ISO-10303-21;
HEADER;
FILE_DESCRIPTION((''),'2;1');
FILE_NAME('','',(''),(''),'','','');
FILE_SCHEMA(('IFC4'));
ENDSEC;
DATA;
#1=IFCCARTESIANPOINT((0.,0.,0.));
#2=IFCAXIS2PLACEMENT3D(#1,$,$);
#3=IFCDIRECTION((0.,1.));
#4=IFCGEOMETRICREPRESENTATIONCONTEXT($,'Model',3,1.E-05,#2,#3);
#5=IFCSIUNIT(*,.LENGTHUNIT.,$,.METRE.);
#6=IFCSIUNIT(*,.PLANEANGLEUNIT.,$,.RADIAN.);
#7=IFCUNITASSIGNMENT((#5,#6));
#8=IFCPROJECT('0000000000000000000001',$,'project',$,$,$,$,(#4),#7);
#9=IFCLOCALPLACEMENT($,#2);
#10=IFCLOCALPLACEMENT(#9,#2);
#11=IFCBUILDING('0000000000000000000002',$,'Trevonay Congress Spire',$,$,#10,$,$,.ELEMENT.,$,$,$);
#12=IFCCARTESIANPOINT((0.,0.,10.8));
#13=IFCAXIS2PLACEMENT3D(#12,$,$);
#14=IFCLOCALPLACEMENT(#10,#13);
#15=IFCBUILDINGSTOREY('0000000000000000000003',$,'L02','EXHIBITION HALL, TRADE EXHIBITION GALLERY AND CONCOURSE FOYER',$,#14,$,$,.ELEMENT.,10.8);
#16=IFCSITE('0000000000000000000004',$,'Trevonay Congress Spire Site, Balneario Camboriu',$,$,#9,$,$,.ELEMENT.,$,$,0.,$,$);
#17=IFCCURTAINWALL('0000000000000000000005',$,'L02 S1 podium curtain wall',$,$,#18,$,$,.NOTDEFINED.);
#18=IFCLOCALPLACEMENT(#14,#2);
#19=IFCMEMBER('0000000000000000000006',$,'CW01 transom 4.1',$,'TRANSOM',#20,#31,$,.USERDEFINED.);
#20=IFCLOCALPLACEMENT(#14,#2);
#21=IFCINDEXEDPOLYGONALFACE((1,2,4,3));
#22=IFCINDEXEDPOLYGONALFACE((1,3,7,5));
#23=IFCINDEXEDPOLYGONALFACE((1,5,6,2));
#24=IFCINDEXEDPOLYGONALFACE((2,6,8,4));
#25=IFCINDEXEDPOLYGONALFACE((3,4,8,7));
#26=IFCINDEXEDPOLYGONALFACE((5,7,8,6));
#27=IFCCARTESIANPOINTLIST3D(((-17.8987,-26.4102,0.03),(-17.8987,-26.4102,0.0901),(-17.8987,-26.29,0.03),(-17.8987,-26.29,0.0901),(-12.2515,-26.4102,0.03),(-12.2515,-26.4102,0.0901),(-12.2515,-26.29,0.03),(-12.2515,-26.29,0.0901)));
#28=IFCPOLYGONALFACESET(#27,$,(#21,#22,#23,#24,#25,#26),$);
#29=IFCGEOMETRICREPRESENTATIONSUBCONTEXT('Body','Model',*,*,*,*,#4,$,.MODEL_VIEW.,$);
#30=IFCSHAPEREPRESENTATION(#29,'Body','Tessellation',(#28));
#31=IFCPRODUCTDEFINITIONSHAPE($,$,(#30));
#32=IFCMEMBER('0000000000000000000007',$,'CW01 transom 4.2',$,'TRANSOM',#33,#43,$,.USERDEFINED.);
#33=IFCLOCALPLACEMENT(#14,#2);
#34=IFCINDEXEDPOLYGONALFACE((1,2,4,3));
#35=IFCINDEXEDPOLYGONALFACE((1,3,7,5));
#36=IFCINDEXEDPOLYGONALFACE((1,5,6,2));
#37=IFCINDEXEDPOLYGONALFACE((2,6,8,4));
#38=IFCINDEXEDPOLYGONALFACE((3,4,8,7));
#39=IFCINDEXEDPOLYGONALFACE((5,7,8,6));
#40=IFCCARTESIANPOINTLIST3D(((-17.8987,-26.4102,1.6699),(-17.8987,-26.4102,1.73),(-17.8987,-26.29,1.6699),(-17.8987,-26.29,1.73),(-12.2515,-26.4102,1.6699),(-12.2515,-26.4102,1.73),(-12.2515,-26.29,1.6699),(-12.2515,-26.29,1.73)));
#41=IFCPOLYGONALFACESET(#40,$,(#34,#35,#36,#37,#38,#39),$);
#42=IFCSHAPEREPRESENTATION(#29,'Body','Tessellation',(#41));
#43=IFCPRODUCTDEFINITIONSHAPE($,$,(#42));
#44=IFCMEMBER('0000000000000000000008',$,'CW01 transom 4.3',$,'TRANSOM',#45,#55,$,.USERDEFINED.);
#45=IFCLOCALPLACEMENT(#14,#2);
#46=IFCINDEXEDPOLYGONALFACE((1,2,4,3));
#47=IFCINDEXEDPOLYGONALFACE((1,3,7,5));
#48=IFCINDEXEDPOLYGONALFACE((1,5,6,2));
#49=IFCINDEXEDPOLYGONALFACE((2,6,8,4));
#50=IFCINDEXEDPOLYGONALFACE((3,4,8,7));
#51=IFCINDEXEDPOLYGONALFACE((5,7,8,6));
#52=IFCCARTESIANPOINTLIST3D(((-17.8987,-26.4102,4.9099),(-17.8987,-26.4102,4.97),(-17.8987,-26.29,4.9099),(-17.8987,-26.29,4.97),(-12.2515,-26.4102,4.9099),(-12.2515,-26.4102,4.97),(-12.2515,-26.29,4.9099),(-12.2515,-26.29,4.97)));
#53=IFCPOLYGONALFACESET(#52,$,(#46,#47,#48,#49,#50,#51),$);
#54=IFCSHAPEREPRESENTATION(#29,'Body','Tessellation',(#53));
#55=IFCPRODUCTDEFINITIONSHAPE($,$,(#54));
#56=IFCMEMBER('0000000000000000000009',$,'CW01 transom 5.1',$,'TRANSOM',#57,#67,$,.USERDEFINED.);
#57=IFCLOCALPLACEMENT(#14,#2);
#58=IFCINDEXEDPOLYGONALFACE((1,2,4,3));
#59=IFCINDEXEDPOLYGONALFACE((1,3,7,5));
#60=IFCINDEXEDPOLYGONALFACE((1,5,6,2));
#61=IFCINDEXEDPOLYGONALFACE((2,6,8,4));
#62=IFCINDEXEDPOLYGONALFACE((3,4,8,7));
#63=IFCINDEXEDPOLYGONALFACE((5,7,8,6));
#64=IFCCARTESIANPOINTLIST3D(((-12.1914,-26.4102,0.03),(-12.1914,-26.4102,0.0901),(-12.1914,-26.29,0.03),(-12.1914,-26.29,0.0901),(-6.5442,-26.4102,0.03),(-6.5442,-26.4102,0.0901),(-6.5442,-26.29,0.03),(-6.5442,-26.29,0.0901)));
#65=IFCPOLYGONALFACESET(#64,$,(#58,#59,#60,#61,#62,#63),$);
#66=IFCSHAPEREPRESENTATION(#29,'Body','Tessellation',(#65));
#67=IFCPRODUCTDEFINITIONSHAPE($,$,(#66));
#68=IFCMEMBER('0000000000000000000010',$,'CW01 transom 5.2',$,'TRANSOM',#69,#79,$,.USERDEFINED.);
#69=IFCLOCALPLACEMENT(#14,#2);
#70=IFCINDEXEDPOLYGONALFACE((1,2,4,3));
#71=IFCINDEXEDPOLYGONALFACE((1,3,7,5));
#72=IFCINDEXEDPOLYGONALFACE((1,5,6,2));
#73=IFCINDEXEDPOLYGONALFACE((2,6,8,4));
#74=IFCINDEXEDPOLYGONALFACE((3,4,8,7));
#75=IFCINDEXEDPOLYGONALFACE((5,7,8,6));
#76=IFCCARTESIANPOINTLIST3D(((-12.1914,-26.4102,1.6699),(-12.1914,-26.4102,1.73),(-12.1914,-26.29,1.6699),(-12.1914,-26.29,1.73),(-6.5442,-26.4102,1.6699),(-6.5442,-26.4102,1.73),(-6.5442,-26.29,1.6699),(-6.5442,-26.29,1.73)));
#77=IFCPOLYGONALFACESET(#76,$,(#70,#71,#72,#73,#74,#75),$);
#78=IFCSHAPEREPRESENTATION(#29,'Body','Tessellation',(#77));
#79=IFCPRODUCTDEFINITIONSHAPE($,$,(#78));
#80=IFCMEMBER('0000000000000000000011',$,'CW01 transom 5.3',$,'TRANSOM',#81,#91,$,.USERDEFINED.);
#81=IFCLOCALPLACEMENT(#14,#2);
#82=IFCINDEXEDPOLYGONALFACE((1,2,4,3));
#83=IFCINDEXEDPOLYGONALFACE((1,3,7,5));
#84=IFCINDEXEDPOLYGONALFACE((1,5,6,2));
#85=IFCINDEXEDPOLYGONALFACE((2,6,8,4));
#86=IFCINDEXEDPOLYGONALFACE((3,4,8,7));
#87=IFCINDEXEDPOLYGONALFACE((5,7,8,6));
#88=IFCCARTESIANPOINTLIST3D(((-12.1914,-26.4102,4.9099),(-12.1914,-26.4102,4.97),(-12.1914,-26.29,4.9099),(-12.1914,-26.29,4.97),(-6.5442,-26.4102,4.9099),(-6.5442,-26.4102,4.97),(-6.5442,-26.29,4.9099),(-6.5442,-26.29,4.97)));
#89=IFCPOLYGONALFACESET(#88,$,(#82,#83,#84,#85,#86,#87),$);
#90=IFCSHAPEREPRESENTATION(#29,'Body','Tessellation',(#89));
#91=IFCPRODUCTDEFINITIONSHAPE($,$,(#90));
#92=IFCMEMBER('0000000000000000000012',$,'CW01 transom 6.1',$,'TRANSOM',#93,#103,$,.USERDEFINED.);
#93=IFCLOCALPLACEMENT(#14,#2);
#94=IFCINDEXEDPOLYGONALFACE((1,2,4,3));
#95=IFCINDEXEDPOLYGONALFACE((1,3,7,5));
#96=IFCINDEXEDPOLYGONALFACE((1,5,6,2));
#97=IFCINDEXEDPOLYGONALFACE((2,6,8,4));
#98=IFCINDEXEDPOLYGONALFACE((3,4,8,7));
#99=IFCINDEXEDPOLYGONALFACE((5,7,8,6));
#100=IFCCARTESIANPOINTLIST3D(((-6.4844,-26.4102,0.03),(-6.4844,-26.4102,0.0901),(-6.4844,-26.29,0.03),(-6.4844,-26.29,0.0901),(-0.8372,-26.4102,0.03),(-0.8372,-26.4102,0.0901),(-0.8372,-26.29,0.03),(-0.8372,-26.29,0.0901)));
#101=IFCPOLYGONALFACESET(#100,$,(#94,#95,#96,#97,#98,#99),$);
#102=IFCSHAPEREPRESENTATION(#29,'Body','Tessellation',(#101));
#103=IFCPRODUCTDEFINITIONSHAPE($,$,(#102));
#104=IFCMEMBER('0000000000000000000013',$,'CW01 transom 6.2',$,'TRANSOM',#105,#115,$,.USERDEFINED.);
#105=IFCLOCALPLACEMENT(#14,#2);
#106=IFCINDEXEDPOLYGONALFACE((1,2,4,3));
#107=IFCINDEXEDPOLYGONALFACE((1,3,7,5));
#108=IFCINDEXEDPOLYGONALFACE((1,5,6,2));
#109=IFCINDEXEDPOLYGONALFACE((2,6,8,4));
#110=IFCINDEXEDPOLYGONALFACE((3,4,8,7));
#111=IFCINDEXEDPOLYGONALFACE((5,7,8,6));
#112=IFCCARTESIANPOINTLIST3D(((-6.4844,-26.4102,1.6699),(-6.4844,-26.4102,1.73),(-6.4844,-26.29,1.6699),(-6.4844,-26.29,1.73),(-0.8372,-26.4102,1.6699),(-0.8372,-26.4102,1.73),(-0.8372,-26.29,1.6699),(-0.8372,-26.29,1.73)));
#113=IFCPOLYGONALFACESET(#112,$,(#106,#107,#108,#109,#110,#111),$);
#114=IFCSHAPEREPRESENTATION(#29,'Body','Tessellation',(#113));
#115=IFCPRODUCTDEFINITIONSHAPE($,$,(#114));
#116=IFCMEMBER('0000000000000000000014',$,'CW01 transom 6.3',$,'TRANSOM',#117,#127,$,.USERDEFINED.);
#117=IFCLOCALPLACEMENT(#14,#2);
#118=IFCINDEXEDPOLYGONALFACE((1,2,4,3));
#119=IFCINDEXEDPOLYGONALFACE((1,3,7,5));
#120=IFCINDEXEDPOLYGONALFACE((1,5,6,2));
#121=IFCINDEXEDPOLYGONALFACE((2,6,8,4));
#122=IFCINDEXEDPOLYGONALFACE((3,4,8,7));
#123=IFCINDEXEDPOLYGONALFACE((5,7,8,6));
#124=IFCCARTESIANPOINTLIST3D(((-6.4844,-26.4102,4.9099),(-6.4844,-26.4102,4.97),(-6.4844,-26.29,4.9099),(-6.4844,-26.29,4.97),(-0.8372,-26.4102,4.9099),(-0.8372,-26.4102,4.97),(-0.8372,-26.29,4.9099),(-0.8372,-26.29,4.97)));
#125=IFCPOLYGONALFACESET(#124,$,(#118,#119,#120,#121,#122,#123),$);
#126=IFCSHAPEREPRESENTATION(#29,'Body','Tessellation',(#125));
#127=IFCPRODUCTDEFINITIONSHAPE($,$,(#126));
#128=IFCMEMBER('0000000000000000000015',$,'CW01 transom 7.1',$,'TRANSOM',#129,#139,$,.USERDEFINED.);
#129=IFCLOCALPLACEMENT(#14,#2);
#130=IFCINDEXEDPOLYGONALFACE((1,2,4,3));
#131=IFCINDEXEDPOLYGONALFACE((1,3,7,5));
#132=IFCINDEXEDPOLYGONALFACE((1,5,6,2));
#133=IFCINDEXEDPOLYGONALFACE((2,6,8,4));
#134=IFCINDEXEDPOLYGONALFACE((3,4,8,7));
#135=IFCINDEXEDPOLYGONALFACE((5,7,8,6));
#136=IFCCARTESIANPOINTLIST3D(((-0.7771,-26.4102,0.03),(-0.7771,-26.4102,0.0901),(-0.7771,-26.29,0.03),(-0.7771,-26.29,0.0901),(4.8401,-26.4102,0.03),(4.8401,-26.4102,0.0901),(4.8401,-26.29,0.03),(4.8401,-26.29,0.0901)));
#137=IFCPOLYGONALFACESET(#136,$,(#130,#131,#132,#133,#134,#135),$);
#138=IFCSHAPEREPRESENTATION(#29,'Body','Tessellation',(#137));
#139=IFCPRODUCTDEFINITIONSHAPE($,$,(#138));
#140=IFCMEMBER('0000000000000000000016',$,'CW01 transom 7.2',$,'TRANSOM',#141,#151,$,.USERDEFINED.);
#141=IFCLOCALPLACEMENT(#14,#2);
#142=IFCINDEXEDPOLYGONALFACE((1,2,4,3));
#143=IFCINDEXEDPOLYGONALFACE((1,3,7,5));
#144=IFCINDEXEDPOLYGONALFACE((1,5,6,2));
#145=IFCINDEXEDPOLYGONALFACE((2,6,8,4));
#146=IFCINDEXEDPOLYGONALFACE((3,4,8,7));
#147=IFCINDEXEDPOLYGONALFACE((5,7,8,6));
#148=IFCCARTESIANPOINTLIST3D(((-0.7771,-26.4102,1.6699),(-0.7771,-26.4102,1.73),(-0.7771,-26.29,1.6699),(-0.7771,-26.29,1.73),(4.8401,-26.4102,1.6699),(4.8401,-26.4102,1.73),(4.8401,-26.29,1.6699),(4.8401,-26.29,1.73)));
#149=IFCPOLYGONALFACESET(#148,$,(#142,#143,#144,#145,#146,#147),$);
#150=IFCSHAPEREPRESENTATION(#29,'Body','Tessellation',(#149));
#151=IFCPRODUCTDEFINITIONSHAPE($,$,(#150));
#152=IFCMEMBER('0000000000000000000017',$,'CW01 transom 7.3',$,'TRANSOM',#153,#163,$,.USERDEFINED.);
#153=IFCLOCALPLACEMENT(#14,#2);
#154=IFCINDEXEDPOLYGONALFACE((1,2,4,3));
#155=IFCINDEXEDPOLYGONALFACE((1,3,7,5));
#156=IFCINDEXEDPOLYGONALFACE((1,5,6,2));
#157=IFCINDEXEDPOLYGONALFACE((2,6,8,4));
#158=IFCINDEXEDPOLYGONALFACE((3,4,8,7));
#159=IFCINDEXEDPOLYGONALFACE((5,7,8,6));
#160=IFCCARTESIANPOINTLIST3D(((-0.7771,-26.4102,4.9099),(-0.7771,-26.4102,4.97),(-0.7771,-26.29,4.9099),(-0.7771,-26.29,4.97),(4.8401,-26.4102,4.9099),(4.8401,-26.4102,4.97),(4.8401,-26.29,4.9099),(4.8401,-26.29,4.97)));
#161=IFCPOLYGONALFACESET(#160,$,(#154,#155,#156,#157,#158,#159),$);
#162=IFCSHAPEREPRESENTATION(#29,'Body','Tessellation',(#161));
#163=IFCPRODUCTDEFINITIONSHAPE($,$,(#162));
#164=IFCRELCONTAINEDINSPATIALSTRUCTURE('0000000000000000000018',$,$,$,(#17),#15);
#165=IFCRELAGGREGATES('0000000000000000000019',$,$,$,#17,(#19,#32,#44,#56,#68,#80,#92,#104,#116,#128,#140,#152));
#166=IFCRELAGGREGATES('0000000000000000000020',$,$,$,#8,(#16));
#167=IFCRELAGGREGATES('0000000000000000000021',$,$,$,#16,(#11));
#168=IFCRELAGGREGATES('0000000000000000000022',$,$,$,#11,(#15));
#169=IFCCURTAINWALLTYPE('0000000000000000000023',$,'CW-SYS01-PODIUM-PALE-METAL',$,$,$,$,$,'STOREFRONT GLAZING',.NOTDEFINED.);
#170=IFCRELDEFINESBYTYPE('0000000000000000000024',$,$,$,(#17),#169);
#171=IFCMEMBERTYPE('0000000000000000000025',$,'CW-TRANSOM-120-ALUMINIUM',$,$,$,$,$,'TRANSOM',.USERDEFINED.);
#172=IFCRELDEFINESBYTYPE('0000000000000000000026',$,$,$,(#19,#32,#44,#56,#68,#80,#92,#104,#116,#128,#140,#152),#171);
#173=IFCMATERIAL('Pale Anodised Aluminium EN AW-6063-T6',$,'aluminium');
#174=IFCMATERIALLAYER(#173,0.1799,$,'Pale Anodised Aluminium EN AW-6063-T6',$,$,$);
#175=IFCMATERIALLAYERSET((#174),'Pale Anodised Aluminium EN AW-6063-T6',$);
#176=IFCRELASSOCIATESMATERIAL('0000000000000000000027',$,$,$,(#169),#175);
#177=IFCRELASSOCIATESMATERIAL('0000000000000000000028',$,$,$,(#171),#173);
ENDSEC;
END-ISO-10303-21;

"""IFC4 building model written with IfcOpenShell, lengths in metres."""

from ifc_helpers import new_model, si_unit, direction, frame, origin, origin_2d, place, context, subcontext, project, spatial, rectangle, extrude, material, layer, layer_set, material_profile, profile_set, type_object, element, aggregate, save


model = new_model("IFC4")

# Units and contexts
model_context = context("Model", 3, precision=1e-05, world=origin(), true_north=direction((0.0, 1.0)))
body_context = subcontext(model_context, "Body", "Model", "MODEL_VIEW")
ifc_project = project(units=[si_unit("LENGTHUNIT", "METRE"), si_unit("PLANEANGLEUNIT", "RADIAN")], contexts=[model_context])

# Site, building, storey
site_placement = place(None, origin())
site = spatial("IfcSite", under=ifc_project, at=site_placement, Name="Trevonay Congress Spire Site, Balneario Camboriu", CompositionType="ELEMENT", RefElevation=0.0)
building_placement = place(site_placement, origin())
building = spatial("IfcBuilding", under=site, at=building_placement, Name="Trevonay Congress Spire", CompositionType="ELEMENT")
storey_placement = place(building_placement, frame((0.0, 0.0, 10.8)))
storey = spatial("IfcBuildingStorey", under=building, at=storey_placement, Name="L02", Description="EXHIBITION HALL, TRADE EXHIBITION GALLERY AND CONCOURSE FOYER", CompositionType="ELEMENT", Elevation=10.8)

# Curtain wall, members
ifc_material_1 = material(Name="Pale Anodised Aluminium EN AW-6063-T6", Category="aluminium")
ifc_layer_1 = layer(ifc_material_1, 0.1799, Name="Pale Anodised Aluminium EN AW-6063-T6")
ifc_layer_set_1 = layer_set([ifc_layer_1], Name="Pale Anodised Aluminium EN AW-6063-T6")
curtain_wall_type = type_object("IfcCurtainWallType", Name="CW-SYS01-PODIUM-PALE-METAL", ElementType="STOREFRONT GLAZING", PredefinedType="NOTDEFINED", material=ifc_layer_set_1)
curtain_wall_placement = place(storey_placement, origin())
curtain_wall = element("IfcCurtainWall", 1, at=curtain_wall_placement, inside=storey, type_object=curtain_wall_type, Name="L02 S1 podium curtain wall", PredefinedType="NOTDEFINED")
ifc_material_profile_1 = material_profile(ifc_material_1, rectangle(XDim=0.1201, YDim=0.0601, at=origin_2d()), Name="CW-TRANSOM-120-ALUMINIUM")
ifc_profile_set_1 = profile_set([ifc_material_profile_1], Name="Pale Anodised Aluminium EN AW-6063-T6")
member_type_1 = type_object("IfcMemberType", Name="CW-TRANSOM-120-ALUMINIUM", ElementType="TRANSOM", PredefinedType="USERDEFINED", material=ifc_profile_set_1)
member_1_placement = place(storey_placement, frame((-17.8987, -26.3501, 0.0601), z_axis=(1.0, 0.0, 0.0), x_axis=(0.0, 1.0, 0.0)))
member_1 = element("IfcMember", 2, at=member_1_placement, type_object=member_type_1, Name="CW01 transom 4.1", ObjectType="TRANSOM", PredefinedType="USERDEFINED", context=body_context, shape_type="SweptSolid", body=[
    extrude(rectangle(XDim=0.1201, YDim=0.0601, at=origin_2d()), origin(), (0.0, 0.0, 1.0), 5.6472),
])
member_2_placement = place(storey_placement, frame((-17.8987, -26.3501, 1.7), z_axis=(1.0, 0.0, 0.0), x_axis=(0.0, 1.0, 0.0)))
member_2 = element("IfcMember", 3, at=member_2_placement, type_object=member_type_1, Name="CW01 transom 4.2", ObjectType="TRANSOM", PredefinedType="USERDEFINED", context=body_context, shape_type="SweptSolid", body=[
    extrude(rectangle(XDim=0.1201, YDim=0.0601, at=origin_2d()), origin(), (0.0, 0.0, 1.0), 5.6472),
])
member_3_placement = place(storey_placement, frame((-17.8987, -26.3501, 4.9399), z_axis=(1.0, 0.0, 0.0), x_axis=(0.0, 1.0, 0.0)))
member_3 = element("IfcMember", 4, at=member_3_placement, type_object=member_type_1, Name="CW01 transom 4.3", ObjectType="TRANSOM", PredefinedType="USERDEFINED", context=body_context, shape_type="SweptSolid", body=[
    extrude(rectangle(XDim=0.1201, YDim=0.0601, at=origin_2d()), origin(), (0.0, 0.0, 1.0), 5.6472),
])
member_4_placement = place(storey_placement, frame((-12.1914, -26.3501, 0.0601), z_axis=(1.0, 0.0, 0.0), x_axis=(0.0, 1.0, 0.0)))
member_4 = element("IfcMember", 5, at=member_4_placement, type_object=member_type_1, Name="CW01 transom 5.1", ObjectType="TRANSOM", PredefinedType="USERDEFINED", context=body_context, shape_type="SweptSolid", body=[
    extrude(rectangle(XDim=0.1201, YDim=0.0601, at=origin_2d()), origin(), (0.0, 0.0, 1.0), 5.6472),
])
member_5_placement = place(storey_placement, frame((-12.1914, -26.3501, 1.7), z_axis=(1.0, 0.0, 0.0), x_axis=(0.0, 1.0, 0.0)))
member_5 = element("IfcMember", 6, at=member_5_placement, type_object=member_type_1, Name="CW01 transom 5.2", ObjectType="TRANSOM", PredefinedType="USERDEFINED", context=body_context, shape_type="SweptSolid", body=[
    extrude(rectangle(XDim=0.1201, YDim=0.0601, at=origin_2d()), origin(), (0.0, 0.0, 1.0), 5.6472),
])
member_6_placement = place(storey_placement, frame((-12.1914, -26.3501, 4.9399), z_axis=(1.0, 0.0, 0.0), x_axis=(0.0, 1.0, 0.0)))
member_6 = element("IfcMember", 7, at=member_6_placement, type_object=member_type_1, Name="CW01 transom 5.3", ObjectType="TRANSOM", PredefinedType="USERDEFINED", context=body_context, shape_type="SweptSolid", body=[
    extrude(rectangle(XDim=0.1201, YDim=0.0601, at=origin_2d()), origin(), (0.0, 0.0, 1.0), 5.6472),
])
member_7_placement = place(storey_placement, frame((-6.4844, -26.3501, 0.0601), z_axis=(1.0, 0.0, 0.0), x_axis=(0.0, 1.0, 0.0)))
member_7 = element("IfcMember", 8, at=member_7_placement, type_object=member_type_1, Name="CW01 transom 6.1", ObjectType="TRANSOM", PredefinedType="USERDEFINED", context=body_context, shape_type="SweptSolid", body=[
    extrude(rectangle(XDim=0.1201, YDim=0.0601, at=origin_2d()), origin(), (0.0, 0.0, 1.0), 5.6472),
])
member_8_placement = place(storey_placement, frame((-6.4844, -26.3501, 1.7), z_axis=(1.0, 0.0, 0.0), x_axis=(0.0, 1.0, 0.0)))
member_8 = element("IfcMember", 9, at=member_8_placement, type_object=member_type_1, Name="CW01 transom 6.2", ObjectType="TRANSOM", PredefinedType="USERDEFINED", context=body_context, shape_type="SweptSolid", body=[
    extrude(rectangle(XDim=0.1201, YDim=0.0601, at=origin_2d()), origin(), (0.0, 0.0, 1.0), 5.6472),
])
member_9_placement = place(storey_placement, frame((-6.4844, -26.3501, 4.9399), z_axis=(1.0, 0.0, 0.0), x_axis=(0.0, 1.0, 0.0)))
member_9 = element("IfcMember", 10, at=member_9_placement, type_object=member_type_1, Name="CW01 transom 6.3", ObjectType="TRANSOM", PredefinedType="USERDEFINED", context=body_context, shape_type="SweptSolid", body=[
    extrude(rectangle(XDim=0.1201, YDim=0.0601, at=origin_2d()), origin(), (0.0, 0.0, 1.0), 5.6472),
])
member_10_placement = place(storey_placement, frame((-0.7771, -26.3501, 0.0601), z_axis=(1.0, 0.0, 0.0), x_axis=(0.0, 1.0, 0.0)))
member_10 = element("IfcMember", 11, at=member_10_placement, type_object=member_type_1, Name="CW01 transom 7.1", ObjectType="TRANSOM", PredefinedType="USERDEFINED", context=body_context, shape_type="SweptSolid", body=[
    extrude(rectangle(XDim=0.1201, YDim=0.0601, at=origin_2d()), origin(), (0.0, 0.0, 1.0), 5.6172),
])
member_11_placement = place(storey_placement, frame((-0.7771, -26.3501, 1.7), z_axis=(1.0, 0.0, 0.0), x_axis=(0.0, 1.0, 0.0)))
member_11 = element("IfcMember", 12, at=member_11_placement, type_object=member_type_1, Name="CW01 transom 7.2", ObjectType="TRANSOM", PredefinedType="USERDEFINED", context=body_context, shape_type="SweptSolid", body=[
    extrude(rectangle(XDim=0.1201, YDim=0.0601, at=origin_2d()), origin(), (0.0, 0.0, 1.0), 5.6172),
])
member_12_placement = place(storey_placement, frame((-0.7771, -26.3501, 4.9399), z_axis=(1.0, 0.0, 0.0), x_axis=(0.0, 1.0, 0.0)))
member_12 = element("IfcMember", 13, at=member_12_placement, type_object=member_type_1, Name="CW01 transom 7.3", ObjectType="TRANSOM", PredefinedType="USERDEFINED", context=body_context, shape_type="SweptSolid", body=[
    extrude(rectangle(XDim=0.1201, YDim=0.0601, at=origin_2d()), origin(), (0.0, 0.0, 1.0), 5.6172),
])

aggregate(curtain_wall, [member_1, member_2, member_3, member_4, member_5, member_6, member_7, member_8, member_9, member_10, member_11, member_12])

save(model, "model.ifc")
